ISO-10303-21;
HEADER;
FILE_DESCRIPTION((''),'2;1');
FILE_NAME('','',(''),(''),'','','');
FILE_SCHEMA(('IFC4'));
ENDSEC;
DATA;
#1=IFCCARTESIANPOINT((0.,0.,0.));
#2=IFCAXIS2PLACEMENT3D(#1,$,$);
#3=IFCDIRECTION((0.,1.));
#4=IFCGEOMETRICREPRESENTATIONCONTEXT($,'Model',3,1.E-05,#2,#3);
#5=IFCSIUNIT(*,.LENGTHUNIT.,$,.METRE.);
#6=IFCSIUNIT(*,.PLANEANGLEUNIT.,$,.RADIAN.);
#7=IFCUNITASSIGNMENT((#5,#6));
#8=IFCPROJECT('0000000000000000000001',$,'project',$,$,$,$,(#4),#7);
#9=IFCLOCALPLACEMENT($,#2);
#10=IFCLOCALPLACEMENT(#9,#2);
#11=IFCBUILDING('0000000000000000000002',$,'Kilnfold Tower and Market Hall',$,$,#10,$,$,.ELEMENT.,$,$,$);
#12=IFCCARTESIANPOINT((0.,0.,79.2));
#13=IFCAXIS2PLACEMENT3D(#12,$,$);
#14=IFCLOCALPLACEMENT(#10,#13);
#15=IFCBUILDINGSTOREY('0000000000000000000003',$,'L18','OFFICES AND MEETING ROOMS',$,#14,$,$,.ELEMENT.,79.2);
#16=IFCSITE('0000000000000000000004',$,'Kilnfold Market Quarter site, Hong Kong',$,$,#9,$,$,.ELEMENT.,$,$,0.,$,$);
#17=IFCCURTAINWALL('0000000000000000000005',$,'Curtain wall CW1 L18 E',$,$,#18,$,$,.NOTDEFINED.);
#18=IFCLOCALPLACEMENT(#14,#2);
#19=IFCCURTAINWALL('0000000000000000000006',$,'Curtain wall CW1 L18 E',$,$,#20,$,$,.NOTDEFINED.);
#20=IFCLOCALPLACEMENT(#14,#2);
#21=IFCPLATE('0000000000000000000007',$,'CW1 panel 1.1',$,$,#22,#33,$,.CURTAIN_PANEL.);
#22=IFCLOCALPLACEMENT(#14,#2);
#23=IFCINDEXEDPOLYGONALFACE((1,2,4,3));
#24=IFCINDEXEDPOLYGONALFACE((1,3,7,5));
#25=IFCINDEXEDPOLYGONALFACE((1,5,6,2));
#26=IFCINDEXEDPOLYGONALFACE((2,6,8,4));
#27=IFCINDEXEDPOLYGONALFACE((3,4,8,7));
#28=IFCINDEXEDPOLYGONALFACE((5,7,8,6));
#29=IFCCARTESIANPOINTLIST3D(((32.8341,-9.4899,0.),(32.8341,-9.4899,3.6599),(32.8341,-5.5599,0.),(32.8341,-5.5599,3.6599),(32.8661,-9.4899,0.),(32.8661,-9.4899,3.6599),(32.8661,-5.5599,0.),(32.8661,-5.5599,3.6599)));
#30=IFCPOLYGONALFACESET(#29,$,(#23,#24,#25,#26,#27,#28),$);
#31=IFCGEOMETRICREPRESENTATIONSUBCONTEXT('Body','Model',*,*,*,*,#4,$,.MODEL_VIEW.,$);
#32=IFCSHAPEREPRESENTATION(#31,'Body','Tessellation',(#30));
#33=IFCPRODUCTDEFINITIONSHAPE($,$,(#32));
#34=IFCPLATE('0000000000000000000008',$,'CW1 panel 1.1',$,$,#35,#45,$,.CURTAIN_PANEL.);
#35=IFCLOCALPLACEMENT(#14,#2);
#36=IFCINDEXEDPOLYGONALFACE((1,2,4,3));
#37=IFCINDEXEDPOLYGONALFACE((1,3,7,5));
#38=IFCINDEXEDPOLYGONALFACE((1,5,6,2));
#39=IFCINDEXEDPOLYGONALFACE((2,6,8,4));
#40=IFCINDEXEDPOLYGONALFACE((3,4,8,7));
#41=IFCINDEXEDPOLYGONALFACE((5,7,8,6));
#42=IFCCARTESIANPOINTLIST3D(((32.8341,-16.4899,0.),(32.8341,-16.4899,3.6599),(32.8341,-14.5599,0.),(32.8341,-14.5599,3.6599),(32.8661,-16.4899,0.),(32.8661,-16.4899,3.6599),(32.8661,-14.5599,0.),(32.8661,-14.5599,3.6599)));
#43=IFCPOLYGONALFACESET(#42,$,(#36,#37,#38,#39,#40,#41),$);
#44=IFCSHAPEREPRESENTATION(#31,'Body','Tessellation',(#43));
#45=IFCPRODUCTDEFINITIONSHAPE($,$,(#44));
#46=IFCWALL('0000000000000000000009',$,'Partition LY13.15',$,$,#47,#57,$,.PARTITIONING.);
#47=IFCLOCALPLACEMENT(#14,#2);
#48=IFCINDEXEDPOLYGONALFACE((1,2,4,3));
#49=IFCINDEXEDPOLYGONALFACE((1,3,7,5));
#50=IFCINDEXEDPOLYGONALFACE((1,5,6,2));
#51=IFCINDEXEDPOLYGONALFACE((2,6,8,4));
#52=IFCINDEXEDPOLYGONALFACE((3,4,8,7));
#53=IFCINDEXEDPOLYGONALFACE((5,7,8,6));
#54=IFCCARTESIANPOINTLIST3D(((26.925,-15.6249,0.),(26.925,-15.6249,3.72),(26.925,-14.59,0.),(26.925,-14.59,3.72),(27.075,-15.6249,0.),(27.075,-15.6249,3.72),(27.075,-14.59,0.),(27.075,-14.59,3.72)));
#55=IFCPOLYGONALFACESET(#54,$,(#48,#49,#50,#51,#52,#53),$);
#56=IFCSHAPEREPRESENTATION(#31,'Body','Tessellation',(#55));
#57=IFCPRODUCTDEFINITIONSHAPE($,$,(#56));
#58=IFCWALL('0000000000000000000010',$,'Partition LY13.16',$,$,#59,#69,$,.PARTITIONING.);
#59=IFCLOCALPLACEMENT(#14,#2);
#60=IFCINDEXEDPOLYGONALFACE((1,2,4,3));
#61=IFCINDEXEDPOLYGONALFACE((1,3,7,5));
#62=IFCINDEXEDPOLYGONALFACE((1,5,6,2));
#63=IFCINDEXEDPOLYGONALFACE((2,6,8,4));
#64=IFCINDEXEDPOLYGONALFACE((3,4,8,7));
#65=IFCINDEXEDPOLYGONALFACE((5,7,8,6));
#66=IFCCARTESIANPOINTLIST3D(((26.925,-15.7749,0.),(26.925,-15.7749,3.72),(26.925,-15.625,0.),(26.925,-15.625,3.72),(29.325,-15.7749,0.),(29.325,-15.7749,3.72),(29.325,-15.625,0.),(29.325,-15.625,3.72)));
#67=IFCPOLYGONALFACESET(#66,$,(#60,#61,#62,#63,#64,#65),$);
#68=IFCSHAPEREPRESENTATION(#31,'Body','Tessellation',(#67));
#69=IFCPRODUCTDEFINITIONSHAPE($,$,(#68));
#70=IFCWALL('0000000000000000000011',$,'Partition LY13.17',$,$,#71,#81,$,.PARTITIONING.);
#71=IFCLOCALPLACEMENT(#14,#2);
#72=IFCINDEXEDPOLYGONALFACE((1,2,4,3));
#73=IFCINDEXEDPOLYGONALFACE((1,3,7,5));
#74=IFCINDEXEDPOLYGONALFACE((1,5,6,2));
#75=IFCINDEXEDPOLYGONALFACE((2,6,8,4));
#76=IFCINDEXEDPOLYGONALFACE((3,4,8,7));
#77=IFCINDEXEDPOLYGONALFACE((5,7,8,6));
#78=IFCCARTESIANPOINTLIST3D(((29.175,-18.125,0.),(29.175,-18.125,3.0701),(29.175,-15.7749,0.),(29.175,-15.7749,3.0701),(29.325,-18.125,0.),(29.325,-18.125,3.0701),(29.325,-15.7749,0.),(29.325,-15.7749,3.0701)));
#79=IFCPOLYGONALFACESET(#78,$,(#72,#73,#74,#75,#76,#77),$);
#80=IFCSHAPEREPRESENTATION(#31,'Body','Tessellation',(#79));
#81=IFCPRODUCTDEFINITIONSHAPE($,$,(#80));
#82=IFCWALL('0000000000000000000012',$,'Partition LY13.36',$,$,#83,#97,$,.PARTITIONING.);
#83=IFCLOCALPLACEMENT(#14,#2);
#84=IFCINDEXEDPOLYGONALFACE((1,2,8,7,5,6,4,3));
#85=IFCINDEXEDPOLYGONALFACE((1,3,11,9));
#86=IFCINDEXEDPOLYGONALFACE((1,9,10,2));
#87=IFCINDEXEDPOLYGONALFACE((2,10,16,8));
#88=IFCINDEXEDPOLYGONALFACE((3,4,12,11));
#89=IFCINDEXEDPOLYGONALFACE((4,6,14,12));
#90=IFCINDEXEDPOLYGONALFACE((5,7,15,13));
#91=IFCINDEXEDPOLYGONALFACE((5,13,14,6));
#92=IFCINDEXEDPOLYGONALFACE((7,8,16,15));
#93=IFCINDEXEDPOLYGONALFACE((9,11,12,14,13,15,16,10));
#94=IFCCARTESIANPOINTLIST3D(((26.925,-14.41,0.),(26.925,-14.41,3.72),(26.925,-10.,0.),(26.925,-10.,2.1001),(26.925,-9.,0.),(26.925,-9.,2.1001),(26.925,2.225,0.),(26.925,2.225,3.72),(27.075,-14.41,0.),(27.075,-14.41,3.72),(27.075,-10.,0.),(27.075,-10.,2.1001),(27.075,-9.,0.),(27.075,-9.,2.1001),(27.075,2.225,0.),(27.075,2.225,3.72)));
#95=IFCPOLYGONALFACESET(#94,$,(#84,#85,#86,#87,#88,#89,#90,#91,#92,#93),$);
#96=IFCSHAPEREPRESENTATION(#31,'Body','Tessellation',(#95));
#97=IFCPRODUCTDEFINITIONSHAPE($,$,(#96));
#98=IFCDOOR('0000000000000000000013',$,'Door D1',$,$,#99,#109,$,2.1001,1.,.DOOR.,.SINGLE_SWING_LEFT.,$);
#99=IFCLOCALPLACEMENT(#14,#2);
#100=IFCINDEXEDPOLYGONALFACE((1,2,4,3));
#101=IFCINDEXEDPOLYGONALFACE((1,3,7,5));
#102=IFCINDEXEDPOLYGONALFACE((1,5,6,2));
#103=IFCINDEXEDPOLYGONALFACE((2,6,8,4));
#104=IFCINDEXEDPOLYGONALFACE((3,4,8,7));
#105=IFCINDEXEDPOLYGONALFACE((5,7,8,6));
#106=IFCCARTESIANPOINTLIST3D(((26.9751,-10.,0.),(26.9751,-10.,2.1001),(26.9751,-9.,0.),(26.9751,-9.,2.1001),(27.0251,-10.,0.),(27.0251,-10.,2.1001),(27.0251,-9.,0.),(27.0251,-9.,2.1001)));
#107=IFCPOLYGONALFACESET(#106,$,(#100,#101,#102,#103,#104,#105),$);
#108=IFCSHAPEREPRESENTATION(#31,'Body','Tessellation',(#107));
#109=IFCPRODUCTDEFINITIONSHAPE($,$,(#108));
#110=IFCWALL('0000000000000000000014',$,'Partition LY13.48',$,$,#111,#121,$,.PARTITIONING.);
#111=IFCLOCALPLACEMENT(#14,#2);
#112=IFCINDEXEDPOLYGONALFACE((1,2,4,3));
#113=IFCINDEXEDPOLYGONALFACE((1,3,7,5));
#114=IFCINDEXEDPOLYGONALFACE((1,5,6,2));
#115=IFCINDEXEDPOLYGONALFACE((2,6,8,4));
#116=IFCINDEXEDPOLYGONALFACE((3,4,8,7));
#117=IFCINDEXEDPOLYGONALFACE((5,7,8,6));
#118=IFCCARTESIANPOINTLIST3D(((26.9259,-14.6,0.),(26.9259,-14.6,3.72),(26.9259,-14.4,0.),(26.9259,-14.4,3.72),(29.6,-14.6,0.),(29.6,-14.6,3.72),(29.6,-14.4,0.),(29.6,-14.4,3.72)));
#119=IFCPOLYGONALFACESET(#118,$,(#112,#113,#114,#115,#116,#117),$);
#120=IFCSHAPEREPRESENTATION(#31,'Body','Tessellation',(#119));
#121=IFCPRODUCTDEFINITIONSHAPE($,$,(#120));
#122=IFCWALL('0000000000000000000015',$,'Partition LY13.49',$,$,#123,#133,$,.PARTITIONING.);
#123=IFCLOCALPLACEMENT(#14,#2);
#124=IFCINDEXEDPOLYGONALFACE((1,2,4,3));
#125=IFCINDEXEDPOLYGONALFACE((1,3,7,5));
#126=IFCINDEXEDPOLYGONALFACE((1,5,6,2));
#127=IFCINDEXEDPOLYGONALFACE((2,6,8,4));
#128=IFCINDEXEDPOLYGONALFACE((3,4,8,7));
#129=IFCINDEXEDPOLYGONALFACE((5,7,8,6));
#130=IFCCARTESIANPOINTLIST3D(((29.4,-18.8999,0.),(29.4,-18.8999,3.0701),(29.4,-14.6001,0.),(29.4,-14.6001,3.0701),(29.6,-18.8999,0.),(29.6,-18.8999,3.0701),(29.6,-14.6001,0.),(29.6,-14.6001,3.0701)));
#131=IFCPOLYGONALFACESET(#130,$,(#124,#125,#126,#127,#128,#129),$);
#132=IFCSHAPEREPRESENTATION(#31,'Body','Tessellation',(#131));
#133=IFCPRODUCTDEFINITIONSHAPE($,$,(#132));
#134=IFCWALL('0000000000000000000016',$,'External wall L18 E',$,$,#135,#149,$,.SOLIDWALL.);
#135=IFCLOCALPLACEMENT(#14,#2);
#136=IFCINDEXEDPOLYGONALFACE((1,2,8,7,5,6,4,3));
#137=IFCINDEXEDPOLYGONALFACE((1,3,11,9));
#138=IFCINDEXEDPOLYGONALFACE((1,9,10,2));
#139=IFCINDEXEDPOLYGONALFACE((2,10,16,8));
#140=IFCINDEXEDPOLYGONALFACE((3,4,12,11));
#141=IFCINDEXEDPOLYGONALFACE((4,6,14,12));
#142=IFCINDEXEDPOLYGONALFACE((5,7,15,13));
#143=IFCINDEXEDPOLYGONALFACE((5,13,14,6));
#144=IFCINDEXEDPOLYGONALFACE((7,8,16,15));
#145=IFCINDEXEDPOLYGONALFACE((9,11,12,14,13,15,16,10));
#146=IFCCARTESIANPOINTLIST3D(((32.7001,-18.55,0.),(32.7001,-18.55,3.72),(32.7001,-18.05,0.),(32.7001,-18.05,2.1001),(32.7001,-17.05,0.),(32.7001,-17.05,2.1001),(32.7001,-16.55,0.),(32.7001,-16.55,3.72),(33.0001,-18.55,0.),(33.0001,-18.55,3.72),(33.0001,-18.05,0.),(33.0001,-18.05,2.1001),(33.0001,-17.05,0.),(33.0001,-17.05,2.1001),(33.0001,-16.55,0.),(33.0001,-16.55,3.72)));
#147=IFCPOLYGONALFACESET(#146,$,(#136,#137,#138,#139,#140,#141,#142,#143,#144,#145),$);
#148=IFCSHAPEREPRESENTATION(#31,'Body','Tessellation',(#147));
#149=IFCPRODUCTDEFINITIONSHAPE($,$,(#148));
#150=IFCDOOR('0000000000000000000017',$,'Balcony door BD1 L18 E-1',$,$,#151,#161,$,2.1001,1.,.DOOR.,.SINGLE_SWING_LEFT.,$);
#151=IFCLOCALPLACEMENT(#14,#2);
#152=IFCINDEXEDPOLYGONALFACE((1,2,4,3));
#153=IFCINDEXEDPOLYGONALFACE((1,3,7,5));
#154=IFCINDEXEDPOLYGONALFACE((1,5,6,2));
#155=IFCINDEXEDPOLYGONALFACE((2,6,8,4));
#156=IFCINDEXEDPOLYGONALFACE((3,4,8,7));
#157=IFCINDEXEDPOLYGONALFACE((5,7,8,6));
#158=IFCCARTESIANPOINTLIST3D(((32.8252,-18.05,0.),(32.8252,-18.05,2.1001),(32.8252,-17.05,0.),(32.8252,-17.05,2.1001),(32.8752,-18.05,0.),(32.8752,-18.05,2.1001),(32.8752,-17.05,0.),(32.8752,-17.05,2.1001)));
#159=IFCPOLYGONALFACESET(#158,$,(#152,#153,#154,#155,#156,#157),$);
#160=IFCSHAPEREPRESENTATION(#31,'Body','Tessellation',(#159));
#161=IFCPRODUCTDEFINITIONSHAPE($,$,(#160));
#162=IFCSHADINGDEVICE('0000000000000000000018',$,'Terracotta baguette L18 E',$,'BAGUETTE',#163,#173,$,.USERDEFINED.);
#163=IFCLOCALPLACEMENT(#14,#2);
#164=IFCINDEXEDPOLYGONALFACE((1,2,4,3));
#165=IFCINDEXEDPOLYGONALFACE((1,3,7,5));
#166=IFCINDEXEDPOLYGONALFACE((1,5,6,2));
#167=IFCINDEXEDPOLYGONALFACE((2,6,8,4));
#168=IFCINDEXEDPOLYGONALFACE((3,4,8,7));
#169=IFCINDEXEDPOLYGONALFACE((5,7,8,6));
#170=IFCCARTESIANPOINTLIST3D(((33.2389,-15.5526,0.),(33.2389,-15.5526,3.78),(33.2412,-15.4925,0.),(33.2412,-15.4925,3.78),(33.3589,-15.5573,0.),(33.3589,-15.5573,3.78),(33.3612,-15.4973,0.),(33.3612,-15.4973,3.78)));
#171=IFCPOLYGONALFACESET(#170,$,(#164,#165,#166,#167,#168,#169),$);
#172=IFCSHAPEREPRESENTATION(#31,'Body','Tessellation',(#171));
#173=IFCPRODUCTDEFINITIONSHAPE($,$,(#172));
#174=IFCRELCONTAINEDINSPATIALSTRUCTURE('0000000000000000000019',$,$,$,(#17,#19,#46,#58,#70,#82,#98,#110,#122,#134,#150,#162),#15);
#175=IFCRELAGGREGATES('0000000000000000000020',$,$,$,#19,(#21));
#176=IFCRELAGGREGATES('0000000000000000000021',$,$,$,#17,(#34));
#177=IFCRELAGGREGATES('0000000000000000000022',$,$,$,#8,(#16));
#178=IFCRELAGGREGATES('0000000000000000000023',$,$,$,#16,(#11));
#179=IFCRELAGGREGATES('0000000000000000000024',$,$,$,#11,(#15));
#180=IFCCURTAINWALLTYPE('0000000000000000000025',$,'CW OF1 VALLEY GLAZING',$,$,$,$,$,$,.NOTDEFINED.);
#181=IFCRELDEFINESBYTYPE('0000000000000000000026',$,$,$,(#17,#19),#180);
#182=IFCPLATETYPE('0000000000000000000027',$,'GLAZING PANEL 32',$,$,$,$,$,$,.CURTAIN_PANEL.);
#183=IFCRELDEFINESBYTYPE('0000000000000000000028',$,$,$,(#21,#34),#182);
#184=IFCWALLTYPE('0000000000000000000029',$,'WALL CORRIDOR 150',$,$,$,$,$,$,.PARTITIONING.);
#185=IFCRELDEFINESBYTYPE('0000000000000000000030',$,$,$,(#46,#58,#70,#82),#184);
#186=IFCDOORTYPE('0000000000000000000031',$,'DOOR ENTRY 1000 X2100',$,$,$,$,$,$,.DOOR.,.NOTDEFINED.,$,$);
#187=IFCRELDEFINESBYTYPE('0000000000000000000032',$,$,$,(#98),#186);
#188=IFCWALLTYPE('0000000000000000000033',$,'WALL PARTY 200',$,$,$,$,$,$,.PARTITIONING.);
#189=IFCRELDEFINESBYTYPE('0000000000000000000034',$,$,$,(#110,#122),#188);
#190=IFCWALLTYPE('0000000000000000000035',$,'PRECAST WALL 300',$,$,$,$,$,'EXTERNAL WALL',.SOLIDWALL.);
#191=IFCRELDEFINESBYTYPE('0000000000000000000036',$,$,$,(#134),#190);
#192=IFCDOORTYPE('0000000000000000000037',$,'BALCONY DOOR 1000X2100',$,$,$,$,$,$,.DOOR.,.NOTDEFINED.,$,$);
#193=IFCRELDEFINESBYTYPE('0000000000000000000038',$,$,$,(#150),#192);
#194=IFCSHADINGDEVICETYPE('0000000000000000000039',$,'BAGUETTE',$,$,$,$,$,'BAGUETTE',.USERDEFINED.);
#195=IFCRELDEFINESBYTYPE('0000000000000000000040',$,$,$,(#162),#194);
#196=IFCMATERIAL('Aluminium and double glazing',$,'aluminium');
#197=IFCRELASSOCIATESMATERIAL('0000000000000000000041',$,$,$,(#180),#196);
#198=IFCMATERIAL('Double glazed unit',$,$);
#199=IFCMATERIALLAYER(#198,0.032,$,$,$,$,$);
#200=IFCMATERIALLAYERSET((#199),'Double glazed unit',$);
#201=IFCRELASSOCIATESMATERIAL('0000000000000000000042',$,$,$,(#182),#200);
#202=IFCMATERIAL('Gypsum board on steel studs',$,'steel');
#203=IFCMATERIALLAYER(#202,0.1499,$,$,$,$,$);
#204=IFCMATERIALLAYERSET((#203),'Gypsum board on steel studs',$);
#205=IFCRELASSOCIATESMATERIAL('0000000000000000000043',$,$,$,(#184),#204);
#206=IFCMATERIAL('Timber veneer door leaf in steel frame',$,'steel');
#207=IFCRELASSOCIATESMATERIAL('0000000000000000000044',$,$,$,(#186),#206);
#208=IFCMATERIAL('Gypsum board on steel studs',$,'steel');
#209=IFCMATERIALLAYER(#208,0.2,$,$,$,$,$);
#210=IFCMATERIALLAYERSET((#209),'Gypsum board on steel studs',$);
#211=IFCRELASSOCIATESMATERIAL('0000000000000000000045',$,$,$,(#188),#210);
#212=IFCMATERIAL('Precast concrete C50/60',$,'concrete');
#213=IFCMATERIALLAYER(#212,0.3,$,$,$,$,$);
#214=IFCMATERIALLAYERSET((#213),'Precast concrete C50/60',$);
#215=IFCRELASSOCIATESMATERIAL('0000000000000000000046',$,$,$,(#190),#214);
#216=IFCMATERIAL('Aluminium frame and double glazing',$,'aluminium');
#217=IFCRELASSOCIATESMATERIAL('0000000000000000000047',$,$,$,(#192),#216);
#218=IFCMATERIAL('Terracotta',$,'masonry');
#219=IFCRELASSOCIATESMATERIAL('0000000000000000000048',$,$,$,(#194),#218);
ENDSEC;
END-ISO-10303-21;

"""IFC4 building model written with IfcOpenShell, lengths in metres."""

from ifc_helpers import new_model, si_unit, direction, frame, frame_2d, origin, origin_2d, place, context, subcontext, project, spatial, rectangle, extrude, source, transform, mapped, material, layer, layer_set, material_profile, profile_set, type_object, element, fill, aggregate, save


model = new_model("IFC4")

# Units and contexts
model_context = context("Model", 3, precision=1e-05, world=origin(), true_north=direction((0.0, 1.0)))
body_context = subcontext(model_context, "Body", "Model", "MODEL_VIEW")
ifc_project = project(units=[si_unit("LENGTHUNIT", "METRE"), si_unit("PLANEANGLEUNIT", "RADIAN")], contexts=[model_context])

# Site, building, storey
site_placement = place(None, origin())
site = spatial("IfcSite", under=ifc_project, at=site_placement, Name="Kilnfold Market Quarter site, Hong Kong", CompositionType="ELEMENT", RefElevation=0.0)
building_placement = place(site_placement, origin())
building = spatial("IfcBuilding", under=site, at=building_placement, Name="Kilnfold Tower and Market Hall", CompositionType="ELEMENT")
storey_placement = place(building_placement, frame((0.0, 0.0, 79.2)))
storey = spatial("IfcBuildingStorey", under=building, at=storey_placement, Name="L18", Description="OFFICES AND MEETING ROOMS", CompositionType="ELEMENT", Elevation=79.2)

# Curtain walls
ifc_material_1 = material(Name="Aluminium and double glazing", Category="aluminium")
curtain_wall_type = type_object("IfcCurtainWallType", Name="CW OF1 VALLEY GLAZING", PredefinedType="NOTDEFINED", material=ifc_material_1)
curtain_wall_1_placement = place(storey_placement, origin())
curtain_wall_1 = element("IfcCurtainWall", 1, at=curtain_wall_1_placement, inside=storey, type_object=curtain_wall_type, Name="Curtain wall CW1 L18 E", PredefinedType="NOTDEFINED")
curtain_wall_2_placement = place(storey_placement, origin())
curtain_wall_2 = element("IfcCurtainWall", 2, at=curtain_wall_2_placement, inside=storey, type_object=curtain_wall_type, Name="Curtain wall CW1 L18 E", PredefinedType="NOTDEFINED")

# Plates
ifc_material_2 = material(Name="Double glazed unit")
ifc_layer_1 = layer(ifc_material_2, 0.032)
ifc_layer_set_1 = layer_set([ifc_layer_1], Name="Double glazed unit")
plate_type = type_object("IfcPlateType", Name="GLAZING PANEL 32", PredefinedType="CURTAIN_PANEL", material=ifc_layer_set_1)
shared_shape_1 = source(origin(), body_context, "Body", "SweptSolid", [
    extrude(rectangle(XDim=3.9299, YDim=0.032, at=origin_2d()), origin(), (0.0, 0.0, 1.0), 3.6599),
])
plate_1_placement = place(storey_placement, frame((32.8501, -7.5249, 0.0), z_axis=(0.0, 0.0, 1.0), x_axis=(0.0, 1.0, 0.0)))
plate_1 = element("IfcPlate", 3, at=plate_1_placement, type_object=plate_type, Name="CW1 panel 1.1", PredefinedType="CURTAIN_PANEL", context=body_context, shape_type="MappedRepresentation", body=[
    mapped(shared_shape_1, transform((0.0, 0.0, 0.0))),
])
aggregate(curtain_wall_2, [plate_1])
shared_shape_2 = source(origin(), body_context, "Body", "SweptSolid", [
    extrude(rectangle(XDim=1.9299, YDim=0.032, at=origin_2d()), origin(), (0.0, 0.0, 1.0), 3.6599),
])
plate_2_placement = place(storey_placement, frame((32.8501, -15.5249, 0.0), z_axis=(0.0, 0.0, 1.0), x_axis=(0.0, 1.0, 0.0)))
plate_2 = element("IfcPlate", 4, at=plate_2_placement, type_object=plate_type, Name="CW1 panel 1.1", PredefinedType="CURTAIN_PANEL", context=body_context, shape_type="MappedRepresentation", body=[
    mapped(shared_shape_2, transform((0.0, 0.0, 0.0))),
])
aggregate(curtain_wall_1, [plate_2])

# Walls
ifc_material_3 = material(Name="Gypsum board on steel studs", Category="steel")
ifc_layer_2 = layer(ifc_material_3, 0.1499)
ifc_layer_set_2 = layer_set([ifc_layer_2], Name="Gypsum board on steel studs")
wall_type_1 = type_object("IfcWallType", Name="WALL CORRIDOR 150", PredefinedType="PARTITIONING", material=ifc_layer_set_2)
wall_1_placement = place(storey_placement, frame((27.0, -15.625, 0.0), z_axis=(0.0, 0.0, 1.0), x_axis=(0.0, 1.0, 0.0)))
element("IfcWall", 5, at=wall_1_placement, inside=storey, type_object=wall_type_1, Name="Partition LY13.15", PredefinedType="PARTITIONING", context=body_context, shape_type="SweptSolid", body=[
    extrude(rectangle(XDim=1.0349, YDim=0.1499, at=frame_2d((0.5176, 0.0))), origin(), (0.0, 0.0, 1.0), 3.72),
])
wall_2_placement = place(storey_placement, frame((26.925, -15.7, 0.0), z_axis=(0.0, 0.0, 1.0), x_axis=(1.0, 0.0, 0.0)))
element("IfcWall", 6, at=wall_2_placement, inside=storey, type_object=wall_type_1, Name="Partition LY13.16", PredefinedType="PARTITIONING", context=body_context, shape_type="SweptSolid", body=[
    extrude(rectangle(XDim=2.3999, YDim=0.1499, at=frame_2d((1.2, 0.0))), origin(), (0.0, 0.0, 1.0), 3.72),
])
wall_3_placement = place(storey_placement, frame((29.25, -18.125, 0.0), z_axis=(0.0, 0.0, 1.0), x_axis=(0.0, 1.0, 0.0)))
element("IfcWall", 7, at=wall_3_placement, inside=storey, type_object=wall_type_1, Name="Partition LY13.17", PredefinedType="PARTITIONING", context=body_context, shape_type="SweptSolid", body=[
    extrude(rectangle(XDim=2.3501, YDim=0.1499, at=frame_2d((1.175, 0.0))), origin(), (0.0, 0.0, 1.0), 3.0701),
])

# Wall, opening, door
wall_4_placement = place(storey_placement, frame((27.0, -14.4099, 0.0), z_axis=(0.0, 0.0, 1.0), x_axis=(0.0, 1.0, 0.0)))
wall_4 = element("IfcWall", 8, at=wall_4_placement, inside=storey, type_object=wall_type_1, Name="Partition LY13.36", PredefinedType="PARTITIONING", context=body_context, shape_type="SweptSolid", body=[
    extrude(rectangle(XDim=16.635, YDim=0.1499, at=frame_2d((8.3174, 0.0))), origin(), (0.0, 0.0, 1.0), 3.72),
])
opening_1_placement = place(wall_4_placement, frame((4.4099, 0.0, 0.0)))
opening_1 = element("IfcOpeningElement", 9, at=opening_1_placement, cuts=wall_4, PredefinedType="OPENING", context=body_context, shape_type="SweptSolid", body=[
    extrude(rectangle(XDim=1.0, YDim=2.1001, at=frame_2d((0.5, 1.05))), frame((0.0, 0.085, 0.0), z_axis=(0.0, -1.0, 0.0), x_axis=(1.0, 0.0, 0.0)), (0.0, 0.0, 1.0), 0.1699),
])
ifc_material_4 = material(Name="Timber veneer door leaf in steel frame", Category="steel")
door_type_1 = type_object("IfcDoorType", Name="DOOR ENTRY 1000 X2100", OperationType="NOTDEFINED", PredefinedType="DOOR", material=ifc_material_4)
door_1_placement = place(opening_1_placement, origin())
door_1 = element("IfcDoor", 10, at=door_1_placement, inside=storey, type_object=door_type_1, Name="Door D1", OperationType="SINGLE_SWING_LEFT", OverallHeight=2.1001, OverallWidth=1.0, PredefinedType="DOOR", context=body_context, shape_type="SweptSolid", body=[
    extrude(rectangle(XDim=1.0, YDim=2.1001, at=frame_2d((0.5, 1.05))), frame((0.0, 0.0249, 0.0), z_axis=(0.0, -1.0, 0.0), x_axis=(1.0, 0.0, 0.0)), (0.0, 0.0, 1.0), 0.05),
])
fill(opening_1, door_1)

# Walls
ifc_material_5 = material(Name="Gypsum board on steel studs", Category="steel")
ifc_layer_3 = layer(ifc_material_5, 0.2)
ifc_layer_set_3 = layer_set([ifc_layer_3], Name="Gypsum board on steel studs")
wall_type_2 = type_object("IfcWallType", Name="WALL PARTY 200", PredefinedType="PARTITIONING", material=ifc_layer_set_3)
wall_5_placement = place(storey_placement, frame((26.926, -14.5, 0.0), z_axis=(0.0, 0.0, 1.0), x_axis=(1.0, 0.0, 0.0)))
element("IfcWall", 11, at=wall_5_placement, inside=storey, type_object=wall_type_2, Name="Partition LY13.48", PredefinedType="PARTITIONING", context=body_context, shape_type="SweptSolid", body=[
    extrude(rectangle(XDim=2.6741, YDim=0.2, at=frame_2d((1.3369, 0.0))), origin(), (0.0, 0.0, 1.0), 3.72),
])
wall_6_placement = place(storey_placement, frame((29.5, -18.8999, 0.0), z_axis=(0.0, 0.0, 1.0), x_axis=(0.0, 1.0, 0.0)))
element("IfcWall", 12, at=wall_6_placement, inside=storey, type_object=wall_type_2, Name="Partition LY13.49", PredefinedType="PARTITIONING", context=body_context, shape_type="SweptSolid", body=[
    extrude(rectangle(XDim=4.2998, YDim=0.2, at=frame_2d((2.1499, 0.0))), origin(), (0.0, 0.0, 1.0), 3.0701),
])

# Wall, opening, door
ifc_material_6 = material(Name="Precast concrete C50/60", Category="concrete")
ifc_layer_4 = layer(ifc_material_6, 0.3)
ifc_layer_set_4 = layer_set([ifc_layer_4], Name="Precast concrete C50/60")
wall_type_3 = type_object("IfcWallType", Name="PRECAST WALL 300", ElementType="EXTERNAL WALL", PredefinedType="SOLIDWALL", material=ifc_layer_set_4)
shared_shape_3 = source(origin(), body_context, "Body", "SweptSolid", [
    extrude(rectangle(XDim=2.0, YDim=0.3, at=frame_2d((1.0, 0.0))), origin(), (0.0, 0.0, 1.0), 3.72),
])
wall_7_placement = place(storey_placement, frame((32.8501, -18.55, 0.0), z_axis=(0.0, 0.0, 1.0), x_axis=(0.0, 1.0, 0.0)))
wall_7 = element("IfcWall", 13, at=wall_7_placement, inside=storey, type_object=wall_type_3, Name="External wall L18 E", PredefinedType="SOLIDWALL", context=body_context, shape_type="MappedRepresentation", body=[
    mapped(shared_shape_3, transform((0.0, 0.0, 0.0))),
])
opening_2_placement = place(wall_7_placement, frame((0.5, 0.0, 0.0)))
opening_2 = element("IfcOpeningElement", 14, at=opening_2_placement, cuts=wall_7, PredefinedType="OPENING", context=body_context, shape_type="SweptSolid", body=[
    extrude(rectangle(XDim=1.0, YDim=2.1001, at=frame_2d((0.5, 1.05))), frame((0.0, 0.1602, 0.0), z_axis=(0.0, -1.0, 0.0), x_axis=(1.0, 0.0, 0.0)), (0.0, 0.0, 1.0), 0.3201),
])
ifc_material_7 = material(Name="Aluminium frame and double glazing", Category="aluminium")
door_type_2 = type_object("IfcDoorType", Name="BALCONY DOOR 1000X2100", OperationType="NOTDEFINED", PredefinedType="DOOR", material=ifc_material_7)
door_2_placement = place(opening_2_placement, origin())
door_2 = element("IfcDoor", 15, at=door_2_placement, inside=storey, type_object=door_type_2, Name="Balcony door BD1 L18 E-1", OperationType="SINGLE_SWING_LEFT", OverallHeight=2.1001, OverallWidth=1.0, PredefinedType="DOOR", context=body_context, shape_type="SweptSolid", body=[
    extrude(rectangle(XDim=1.0, YDim=2.1001, at=frame_2d((0.5, 1.05))), frame((0.0, 0.0249, 0.0), z_axis=(0.0, -1.0, 0.0), x_axis=(1.0, 0.0, 0.0)), (0.0, 0.0, 1.0), 0.05),
])
fill(opening_2, door_2)

# Shading device
ifc_material_8 = material(Name="Terracotta", Category="masonry")
ifc_material_profile_1 = material_profile(ifc_material_8, rectangle(XDim=0.0601, YDim=0.1201, at=origin_2d()), Name="BAG 60x120")
ifc_profile_set_1 = profile_set([ifc_material_profile_1], Name="Terracotta")
shading_device_type = type_object("IfcShadingDeviceType", Name="BAGUETTE", ElementType="BAGUETTE", PredefinedType="USERDEFINED", material=ifc_profile_set_1)
shared_shape_4 = source(origin(), body_context, "Body", "SweptSolid", [
    extrude(rectangle(XDim=0.0601, YDim=0.1201, at=origin_2d()), origin(), (0.0, 0.0, 1.0), 3.78),
])
for number, where, z_axis, x_axis, name in (
    (16, (33.3, -15.5249, 0.0), (0.0, 0.0, 1.0), (0.03926, 0.999229, 0.0), "Terracotta baguette L18 E"),
):
    element("IfcShadingDevice", number, at=place(storey_placement, frame(where, z_axis=z_axis, x_axis=x_axis)), inside=storey, type_object=shading_device_type, Name=name, ObjectType="BAGUETTE", PredefinedType="USERDEFINED", context=body_context, shape_type="MappedRepresentation", body=[
        mapped(shared_shape_4, transform((0.0, 0.0, 0.0))),
    ])

save(model, "model.ifc")
